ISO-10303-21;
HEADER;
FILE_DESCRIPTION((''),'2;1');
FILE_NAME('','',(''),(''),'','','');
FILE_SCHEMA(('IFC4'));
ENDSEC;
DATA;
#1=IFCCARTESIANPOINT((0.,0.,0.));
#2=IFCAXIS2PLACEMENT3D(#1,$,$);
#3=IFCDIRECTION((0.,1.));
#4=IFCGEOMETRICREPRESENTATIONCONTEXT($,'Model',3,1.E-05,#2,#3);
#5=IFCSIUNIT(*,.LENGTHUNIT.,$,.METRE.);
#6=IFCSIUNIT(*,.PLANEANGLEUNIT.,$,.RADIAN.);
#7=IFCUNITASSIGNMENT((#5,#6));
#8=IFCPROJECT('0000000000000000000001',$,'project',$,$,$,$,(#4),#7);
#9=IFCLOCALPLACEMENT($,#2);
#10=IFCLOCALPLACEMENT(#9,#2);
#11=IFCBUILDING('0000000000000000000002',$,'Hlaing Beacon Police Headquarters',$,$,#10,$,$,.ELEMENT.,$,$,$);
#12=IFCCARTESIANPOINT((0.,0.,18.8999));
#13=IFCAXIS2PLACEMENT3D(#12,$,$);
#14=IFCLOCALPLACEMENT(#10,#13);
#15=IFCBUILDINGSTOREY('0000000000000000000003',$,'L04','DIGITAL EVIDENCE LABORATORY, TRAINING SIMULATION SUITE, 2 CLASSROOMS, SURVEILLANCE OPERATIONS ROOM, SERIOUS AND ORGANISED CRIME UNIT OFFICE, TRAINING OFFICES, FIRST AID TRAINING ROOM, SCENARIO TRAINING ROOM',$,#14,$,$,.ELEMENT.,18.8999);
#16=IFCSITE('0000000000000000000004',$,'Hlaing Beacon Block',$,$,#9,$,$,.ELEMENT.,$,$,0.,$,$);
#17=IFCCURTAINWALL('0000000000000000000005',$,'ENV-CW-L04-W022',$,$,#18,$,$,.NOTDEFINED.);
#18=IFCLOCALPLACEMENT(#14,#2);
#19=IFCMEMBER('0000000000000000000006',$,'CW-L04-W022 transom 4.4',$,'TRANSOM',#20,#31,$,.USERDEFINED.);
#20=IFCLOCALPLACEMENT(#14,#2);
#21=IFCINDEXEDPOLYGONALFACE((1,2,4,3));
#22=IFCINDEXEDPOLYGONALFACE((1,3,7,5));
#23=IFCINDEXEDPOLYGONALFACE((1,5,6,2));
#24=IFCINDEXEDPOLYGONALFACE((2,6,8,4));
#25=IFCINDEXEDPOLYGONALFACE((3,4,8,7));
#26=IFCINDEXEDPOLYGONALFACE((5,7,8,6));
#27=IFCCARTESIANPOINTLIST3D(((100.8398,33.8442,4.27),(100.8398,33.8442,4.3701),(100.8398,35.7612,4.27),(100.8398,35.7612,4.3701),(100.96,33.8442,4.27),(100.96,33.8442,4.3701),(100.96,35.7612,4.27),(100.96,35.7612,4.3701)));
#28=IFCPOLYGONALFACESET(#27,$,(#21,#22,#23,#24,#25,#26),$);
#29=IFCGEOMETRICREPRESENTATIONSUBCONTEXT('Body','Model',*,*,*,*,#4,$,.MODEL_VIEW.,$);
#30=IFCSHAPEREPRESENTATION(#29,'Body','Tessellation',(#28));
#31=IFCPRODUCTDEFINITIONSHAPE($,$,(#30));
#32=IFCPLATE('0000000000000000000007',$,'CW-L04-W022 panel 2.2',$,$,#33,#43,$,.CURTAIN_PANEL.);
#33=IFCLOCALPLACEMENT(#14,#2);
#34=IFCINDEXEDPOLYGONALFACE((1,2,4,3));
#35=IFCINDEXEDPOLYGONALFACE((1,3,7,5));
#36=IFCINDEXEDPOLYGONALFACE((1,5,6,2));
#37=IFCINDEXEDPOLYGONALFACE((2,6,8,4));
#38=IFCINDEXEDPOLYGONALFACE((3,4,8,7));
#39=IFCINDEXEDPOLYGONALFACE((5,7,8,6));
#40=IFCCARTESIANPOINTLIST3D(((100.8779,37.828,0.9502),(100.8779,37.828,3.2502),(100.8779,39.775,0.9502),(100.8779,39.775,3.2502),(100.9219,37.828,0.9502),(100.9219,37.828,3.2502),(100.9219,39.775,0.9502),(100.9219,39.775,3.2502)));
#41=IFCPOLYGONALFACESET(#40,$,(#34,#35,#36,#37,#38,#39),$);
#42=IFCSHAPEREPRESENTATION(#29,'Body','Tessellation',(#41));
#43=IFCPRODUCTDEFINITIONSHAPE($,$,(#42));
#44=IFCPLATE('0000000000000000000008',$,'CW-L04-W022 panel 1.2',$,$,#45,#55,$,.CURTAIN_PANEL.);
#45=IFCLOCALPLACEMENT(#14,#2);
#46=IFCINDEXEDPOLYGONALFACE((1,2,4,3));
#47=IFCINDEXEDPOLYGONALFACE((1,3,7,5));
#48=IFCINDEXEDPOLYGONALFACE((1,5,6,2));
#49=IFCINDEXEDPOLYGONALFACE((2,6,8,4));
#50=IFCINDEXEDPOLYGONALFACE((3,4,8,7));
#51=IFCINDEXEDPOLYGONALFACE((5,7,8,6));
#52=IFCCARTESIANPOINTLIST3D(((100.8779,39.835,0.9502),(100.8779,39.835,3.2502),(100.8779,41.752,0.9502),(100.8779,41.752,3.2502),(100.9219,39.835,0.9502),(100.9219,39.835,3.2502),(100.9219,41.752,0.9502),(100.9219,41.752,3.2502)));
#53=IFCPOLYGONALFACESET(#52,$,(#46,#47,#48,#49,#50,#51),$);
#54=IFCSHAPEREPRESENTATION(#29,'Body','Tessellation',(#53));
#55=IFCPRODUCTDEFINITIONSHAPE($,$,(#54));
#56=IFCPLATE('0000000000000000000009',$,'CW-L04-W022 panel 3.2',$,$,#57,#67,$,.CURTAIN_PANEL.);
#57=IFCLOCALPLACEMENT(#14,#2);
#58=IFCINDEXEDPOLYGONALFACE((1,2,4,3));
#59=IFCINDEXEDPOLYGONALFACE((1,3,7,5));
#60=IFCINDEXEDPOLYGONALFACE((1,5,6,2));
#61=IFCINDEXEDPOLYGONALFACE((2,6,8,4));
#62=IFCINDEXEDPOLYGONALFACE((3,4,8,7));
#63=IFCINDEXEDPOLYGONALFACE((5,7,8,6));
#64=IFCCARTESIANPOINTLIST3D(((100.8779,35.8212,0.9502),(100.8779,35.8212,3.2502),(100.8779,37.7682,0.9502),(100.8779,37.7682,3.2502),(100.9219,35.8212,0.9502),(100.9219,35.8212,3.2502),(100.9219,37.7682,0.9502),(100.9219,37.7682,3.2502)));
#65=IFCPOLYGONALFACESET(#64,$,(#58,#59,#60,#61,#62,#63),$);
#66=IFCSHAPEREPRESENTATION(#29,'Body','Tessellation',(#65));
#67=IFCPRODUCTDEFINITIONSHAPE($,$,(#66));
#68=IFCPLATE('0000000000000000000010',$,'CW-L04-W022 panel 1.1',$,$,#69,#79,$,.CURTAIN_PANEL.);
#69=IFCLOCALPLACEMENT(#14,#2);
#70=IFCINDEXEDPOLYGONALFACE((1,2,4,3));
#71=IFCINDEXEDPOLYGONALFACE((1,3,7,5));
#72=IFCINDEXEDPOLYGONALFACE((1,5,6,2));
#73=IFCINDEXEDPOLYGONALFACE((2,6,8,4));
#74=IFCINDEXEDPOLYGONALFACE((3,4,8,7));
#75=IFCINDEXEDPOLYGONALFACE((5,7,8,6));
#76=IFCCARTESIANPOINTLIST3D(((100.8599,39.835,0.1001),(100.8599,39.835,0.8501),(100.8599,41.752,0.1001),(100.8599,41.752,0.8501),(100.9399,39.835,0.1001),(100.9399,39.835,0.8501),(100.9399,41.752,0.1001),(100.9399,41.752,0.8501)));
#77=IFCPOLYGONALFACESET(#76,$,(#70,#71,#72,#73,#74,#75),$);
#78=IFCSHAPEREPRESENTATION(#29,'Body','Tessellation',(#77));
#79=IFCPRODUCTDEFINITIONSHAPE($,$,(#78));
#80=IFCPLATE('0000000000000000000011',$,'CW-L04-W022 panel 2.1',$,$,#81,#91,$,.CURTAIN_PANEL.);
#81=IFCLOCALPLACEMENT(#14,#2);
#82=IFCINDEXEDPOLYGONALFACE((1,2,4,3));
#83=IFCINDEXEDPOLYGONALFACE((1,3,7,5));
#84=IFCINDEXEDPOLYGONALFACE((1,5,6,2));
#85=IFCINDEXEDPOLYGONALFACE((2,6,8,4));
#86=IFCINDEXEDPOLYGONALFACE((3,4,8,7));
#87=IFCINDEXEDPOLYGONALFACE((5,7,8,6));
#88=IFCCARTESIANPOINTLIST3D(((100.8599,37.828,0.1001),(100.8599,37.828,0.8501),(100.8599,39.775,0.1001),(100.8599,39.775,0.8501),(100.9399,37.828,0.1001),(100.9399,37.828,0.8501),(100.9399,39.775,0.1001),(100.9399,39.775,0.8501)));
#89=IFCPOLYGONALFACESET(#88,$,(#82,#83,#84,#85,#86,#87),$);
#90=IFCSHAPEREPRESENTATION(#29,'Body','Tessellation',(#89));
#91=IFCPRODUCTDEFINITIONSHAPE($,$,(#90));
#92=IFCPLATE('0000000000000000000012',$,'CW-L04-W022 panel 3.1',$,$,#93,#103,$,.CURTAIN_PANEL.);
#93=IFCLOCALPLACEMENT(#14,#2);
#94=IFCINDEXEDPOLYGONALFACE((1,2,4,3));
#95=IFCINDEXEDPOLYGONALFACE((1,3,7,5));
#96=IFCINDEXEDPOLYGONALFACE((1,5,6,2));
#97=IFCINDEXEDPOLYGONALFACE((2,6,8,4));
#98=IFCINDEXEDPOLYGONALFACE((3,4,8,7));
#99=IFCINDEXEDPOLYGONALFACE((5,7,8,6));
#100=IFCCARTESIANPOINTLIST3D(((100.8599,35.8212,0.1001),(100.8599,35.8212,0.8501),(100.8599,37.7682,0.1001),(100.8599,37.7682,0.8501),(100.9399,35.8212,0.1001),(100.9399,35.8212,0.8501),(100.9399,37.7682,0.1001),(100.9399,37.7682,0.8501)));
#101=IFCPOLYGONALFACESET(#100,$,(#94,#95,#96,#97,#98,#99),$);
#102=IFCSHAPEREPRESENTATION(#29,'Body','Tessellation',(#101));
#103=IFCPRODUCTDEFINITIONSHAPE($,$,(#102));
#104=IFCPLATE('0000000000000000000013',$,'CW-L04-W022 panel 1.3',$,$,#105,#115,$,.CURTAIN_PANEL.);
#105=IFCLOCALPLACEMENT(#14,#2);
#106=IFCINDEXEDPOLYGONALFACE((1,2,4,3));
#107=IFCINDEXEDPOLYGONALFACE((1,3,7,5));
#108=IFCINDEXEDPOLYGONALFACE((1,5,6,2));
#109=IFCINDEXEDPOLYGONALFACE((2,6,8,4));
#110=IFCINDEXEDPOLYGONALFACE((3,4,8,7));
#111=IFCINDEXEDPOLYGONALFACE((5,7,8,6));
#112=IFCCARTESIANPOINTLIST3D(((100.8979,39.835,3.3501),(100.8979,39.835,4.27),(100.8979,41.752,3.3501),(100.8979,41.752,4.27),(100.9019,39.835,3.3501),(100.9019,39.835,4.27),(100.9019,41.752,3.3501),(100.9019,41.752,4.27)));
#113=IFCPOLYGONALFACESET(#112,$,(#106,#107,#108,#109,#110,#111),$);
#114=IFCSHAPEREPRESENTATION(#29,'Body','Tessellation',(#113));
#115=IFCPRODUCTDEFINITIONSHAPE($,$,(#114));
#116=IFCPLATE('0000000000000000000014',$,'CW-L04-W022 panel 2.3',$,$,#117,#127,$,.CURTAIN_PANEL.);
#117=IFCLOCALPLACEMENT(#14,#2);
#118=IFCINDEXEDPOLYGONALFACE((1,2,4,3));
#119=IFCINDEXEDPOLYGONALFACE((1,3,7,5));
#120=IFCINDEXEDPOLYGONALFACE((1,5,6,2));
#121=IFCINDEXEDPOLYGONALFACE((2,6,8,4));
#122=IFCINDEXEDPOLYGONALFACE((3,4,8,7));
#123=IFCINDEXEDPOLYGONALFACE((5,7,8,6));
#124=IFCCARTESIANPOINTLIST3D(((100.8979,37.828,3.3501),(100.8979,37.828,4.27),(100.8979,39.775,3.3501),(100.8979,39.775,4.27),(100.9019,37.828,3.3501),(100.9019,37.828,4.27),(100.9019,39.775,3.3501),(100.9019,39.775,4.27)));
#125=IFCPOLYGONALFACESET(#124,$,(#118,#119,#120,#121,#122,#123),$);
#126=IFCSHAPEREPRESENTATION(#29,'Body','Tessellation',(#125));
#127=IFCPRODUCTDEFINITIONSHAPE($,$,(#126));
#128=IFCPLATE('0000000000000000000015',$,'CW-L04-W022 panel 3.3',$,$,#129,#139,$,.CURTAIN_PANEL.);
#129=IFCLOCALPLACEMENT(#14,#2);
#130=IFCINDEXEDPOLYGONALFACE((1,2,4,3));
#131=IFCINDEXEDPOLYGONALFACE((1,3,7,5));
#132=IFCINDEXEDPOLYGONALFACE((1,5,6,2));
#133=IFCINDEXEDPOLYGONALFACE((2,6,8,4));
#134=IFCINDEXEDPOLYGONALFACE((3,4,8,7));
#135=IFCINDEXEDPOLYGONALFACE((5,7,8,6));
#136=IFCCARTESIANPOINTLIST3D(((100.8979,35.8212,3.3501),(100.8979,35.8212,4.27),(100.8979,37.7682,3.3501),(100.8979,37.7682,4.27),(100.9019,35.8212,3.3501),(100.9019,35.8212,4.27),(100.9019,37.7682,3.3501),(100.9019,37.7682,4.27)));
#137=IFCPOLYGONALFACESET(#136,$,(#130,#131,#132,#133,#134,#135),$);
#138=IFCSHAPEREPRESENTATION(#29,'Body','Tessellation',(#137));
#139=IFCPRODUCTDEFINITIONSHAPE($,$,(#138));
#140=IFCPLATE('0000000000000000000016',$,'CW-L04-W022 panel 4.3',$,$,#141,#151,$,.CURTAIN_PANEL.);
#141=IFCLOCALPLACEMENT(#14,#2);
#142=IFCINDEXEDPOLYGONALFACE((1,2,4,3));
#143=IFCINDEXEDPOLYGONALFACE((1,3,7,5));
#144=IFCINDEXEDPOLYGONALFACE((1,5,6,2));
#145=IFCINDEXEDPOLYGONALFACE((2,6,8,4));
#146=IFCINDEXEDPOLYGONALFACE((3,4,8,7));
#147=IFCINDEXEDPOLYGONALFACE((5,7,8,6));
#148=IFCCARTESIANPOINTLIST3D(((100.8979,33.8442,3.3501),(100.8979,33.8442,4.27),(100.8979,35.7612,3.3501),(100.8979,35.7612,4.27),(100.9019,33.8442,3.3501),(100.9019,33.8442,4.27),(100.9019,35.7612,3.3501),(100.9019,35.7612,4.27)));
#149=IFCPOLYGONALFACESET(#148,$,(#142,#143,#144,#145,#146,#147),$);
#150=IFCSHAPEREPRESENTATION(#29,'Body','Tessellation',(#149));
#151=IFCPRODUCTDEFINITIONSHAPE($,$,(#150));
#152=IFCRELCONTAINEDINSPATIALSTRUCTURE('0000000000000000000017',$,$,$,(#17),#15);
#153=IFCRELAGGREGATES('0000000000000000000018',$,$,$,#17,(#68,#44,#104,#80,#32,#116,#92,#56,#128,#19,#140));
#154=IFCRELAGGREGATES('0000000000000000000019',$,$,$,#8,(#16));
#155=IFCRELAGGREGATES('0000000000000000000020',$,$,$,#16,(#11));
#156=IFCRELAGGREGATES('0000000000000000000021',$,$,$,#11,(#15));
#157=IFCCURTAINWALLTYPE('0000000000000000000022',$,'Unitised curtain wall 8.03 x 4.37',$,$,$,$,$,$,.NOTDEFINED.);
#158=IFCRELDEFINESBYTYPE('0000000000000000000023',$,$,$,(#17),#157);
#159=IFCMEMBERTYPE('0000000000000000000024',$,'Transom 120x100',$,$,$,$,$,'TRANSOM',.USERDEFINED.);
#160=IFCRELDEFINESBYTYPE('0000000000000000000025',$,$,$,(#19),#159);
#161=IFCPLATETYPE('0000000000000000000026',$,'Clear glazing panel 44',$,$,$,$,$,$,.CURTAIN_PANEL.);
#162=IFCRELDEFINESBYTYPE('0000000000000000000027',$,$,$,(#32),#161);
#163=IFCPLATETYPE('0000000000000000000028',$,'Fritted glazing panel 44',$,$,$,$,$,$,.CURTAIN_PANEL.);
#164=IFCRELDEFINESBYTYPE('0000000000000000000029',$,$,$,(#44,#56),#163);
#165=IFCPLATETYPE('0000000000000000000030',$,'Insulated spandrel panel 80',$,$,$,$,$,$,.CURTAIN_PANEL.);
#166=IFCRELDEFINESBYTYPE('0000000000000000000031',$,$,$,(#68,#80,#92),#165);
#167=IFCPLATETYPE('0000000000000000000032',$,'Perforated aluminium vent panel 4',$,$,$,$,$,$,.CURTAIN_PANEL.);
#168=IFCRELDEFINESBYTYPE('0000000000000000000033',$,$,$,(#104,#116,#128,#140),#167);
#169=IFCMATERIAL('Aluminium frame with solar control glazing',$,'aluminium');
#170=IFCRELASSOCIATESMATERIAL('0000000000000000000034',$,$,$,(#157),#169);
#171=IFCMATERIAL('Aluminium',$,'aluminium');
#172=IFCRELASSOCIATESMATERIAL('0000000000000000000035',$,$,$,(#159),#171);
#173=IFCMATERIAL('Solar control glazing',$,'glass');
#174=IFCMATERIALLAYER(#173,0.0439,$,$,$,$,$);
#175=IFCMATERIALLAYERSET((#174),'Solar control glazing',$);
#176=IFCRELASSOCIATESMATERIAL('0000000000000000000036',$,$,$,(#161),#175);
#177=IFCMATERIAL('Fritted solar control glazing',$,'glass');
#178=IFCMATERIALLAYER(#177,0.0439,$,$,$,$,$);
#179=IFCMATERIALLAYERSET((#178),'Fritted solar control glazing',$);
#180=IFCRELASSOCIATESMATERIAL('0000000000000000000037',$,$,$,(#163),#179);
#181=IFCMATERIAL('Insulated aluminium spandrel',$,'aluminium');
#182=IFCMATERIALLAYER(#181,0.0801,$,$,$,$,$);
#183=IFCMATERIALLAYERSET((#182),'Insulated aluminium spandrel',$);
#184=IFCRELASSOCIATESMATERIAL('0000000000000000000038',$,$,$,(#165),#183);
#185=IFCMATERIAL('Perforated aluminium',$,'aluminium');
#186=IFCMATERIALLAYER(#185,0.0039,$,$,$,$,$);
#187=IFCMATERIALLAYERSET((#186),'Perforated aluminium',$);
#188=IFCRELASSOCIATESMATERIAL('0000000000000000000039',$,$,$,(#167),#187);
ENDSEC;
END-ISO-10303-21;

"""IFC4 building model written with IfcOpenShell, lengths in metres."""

from ifc_helpers import new_model, si_unit, direction, frame, origin, origin_2d, place, context, subcontext, project, spatial, rectangle, extrude, material, layer, layer_set, material_profile, profile_set, type_object, element, aggregate, save


model = new_model("IFC4")

# Units and contexts
model_context = context("Model", 3, precision=1e-05, world=origin(), true_north=direction((0.0, 1.0)))
body_context = subcontext(model_context, "Body", "Model", "MODEL_VIEW")
ifc_project = project(units=[si_unit("LENGTHUNIT", "METRE"), si_unit("PLANEANGLEUNIT", "RADIAN")], contexts=[model_context])

# Site, building, storey
site_placement = place(None, origin())
site = spatial("IfcSite", under=ifc_project, at=site_placement, Name="Hlaing Beacon Block", CompositionType="ELEMENT", RefElevation=0.0)
building_placement = place(site_placement, origin())
building = spatial("IfcBuilding", under=site, at=building_placement, Name="Hlaing Beacon Police Headquarters", CompositionType="ELEMENT")
storey_placement = place(building_placement, frame((0.0, 0.0, 18.8999)))
storey = spatial("IfcBuildingStorey", under=building, at=storey_placement, Name="L04", Description="DIGITAL EVIDENCE LABORATORY, TRAINING SIMULATION SUITE, 2 CLASSROOMS, SURVEILLANCE OPERATIONS ROOM, SERIOUS AND ORGANISED CRIME UNIT OFFICE, TRAINING OFFICES, FIRST AID TRAINING ROOM, SCENARIO TRAINING ROOM", CompositionType="ELEMENT", Elevation=18.8999)

# Curtain wall
ifc_material_1 = material(Name="Aluminium frame with solar control glazing", Category="aluminium")
curtain_wall_type = type_object("IfcCurtainWallType", Name="Unitised curtain wall 8.03 x 4.37", PredefinedType="NOTDEFINED", material=ifc_material_1)
curtain_wall_placement = place(storey_placement, origin())
curtain_wall = element("IfcCurtainWall", 1, at=curtain_wall_placement, inside=storey, type_object=curtain_wall_type, Name="ENV-CW-L04-W022", PredefinedType="NOTDEFINED")

# Member
ifc_material_2 = material(Name="Aluminium", Category="aluminium")
ifc_material_profile_1 = material_profile(ifc_material_2, rectangle(XDim=0.1201, YDim=0.1001, at=origin_2d()), Name="Transom 120x100")
ifc_profile_set_1 = profile_set([ifc_material_profile_1], Name="Aluminium")
member_type_1 = type_object("IfcMemberType", Name="Transom 120x100", ElementType="TRANSOM", PredefinedType="USERDEFINED", material=ifc_profile_set_1)
member_1_placement = place(storey_placement, frame((100.8999, 35.7612, 4.3201), z_axis=(0.0, -1.0, 0.0), x_axis=(1.0, 0.0, 0.0)))
member_1 = element("IfcMember", 2, at=member_1_placement, type_object=member_type_1, Name="CW-L04-W022 transom 4.4", ObjectType="TRANSOM", PredefinedType="USERDEFINED", context=body_context, shape_type="SweptSolid", body=[
    extrude(rectangle(XDim=0.1201, YDim=0.1001, at=origin_2d()), origin(), (0.0, 0.0, 1.0), 1.917),
])

# Plates
ifc_material_3 = material(Name="Solar control glazing", Category="glass")
ifc_layer_1 = layer(ifc_material_3, 0.0439)
ifc_layer_set_1 = layer_set([ifc_layer_1], Name="Solar control glazing")
plate_type_1 = type_object("IfcPlateType", Name="Clear glazing panel 44", PredefinedType="CURTAIN_PANEL", material=ifc_layer_set_1)
plate_1_placement = place(storey_placement, frame((100.8999, 38.8015, 0.9502), z_axis=(0.0, 0.0, 1.0), x_axis=(0.0, -1.0, 0.0)))
plate_1 = element("IfcPlate", 3, at=plate_1_placement, type_object=plate_type_1, Name="CW-L04-W022 panel 2.2", PredefinedType="CURTAIN_PANEL", context=body_context, shape_type="SweptSolid", body=[
    extrude(rectangle(XDim=1.947, YDim=0.0439, at=origin_2d()), origin(), (0.0, 0.0, 1.0), 2.3),
])
ifc_material_4 = material(Name="Fritted solar control glazing", Category="glass")
ifc_layer_2 = layer(ifc_material_4, 0.0439)
ifc_layer_set_2 = layer_set([ifc_layer_2], Name="Fritted solar control glazing")
plate_type_2 = type_object("IfcPlateType", Name="Fritted glazing panel 44", PredefinedType="CURTAIN_PANEL", material=ifc_layer_set_2)
plate_2_placement = place(storey_placement, frame((100.8999, 40.7935, 0.9502), z_axis=(0.0, 0.0, 1.0), x_axis=(0.0, -1.0, 0.0)))
plate_2 = element("IfcPlate", 4, at=plate_2_placement, type_object=plate_type_2, Name="CW-L04-W022 panel 1.2", PredefinedType="CURTAIN_PANEL", context=body_context, shape_type="SweptSolid", body=[
    extrude(rectangle(XDim=1.917, YDim=0.0439, at=origin_2d()), origin(), (0.0, 0.0, 1.0), 2.3),
])
plate_3_placement = place(storey_placement, frame((100.8999, 36.7947, 0.9502), z_axis=(0.0, 0.0, 1.0), x_axis=(0.0, -1.0, 0.0)))
plate_3 = element("IfcPlate", 5, at=plate_3_placement, type_object=plate_type_2, Name="CW-L04-W022 panel 3.2", PredefinedType="CURTAIN_PANEL", context=body_context, shape_type="SweptSolid", body=[
    extrude(rectangle(XDim=1.947, YDim=0.0439, at=origin_2d()), origin(), (0.0, 0.0, 1.0), 2.3),
])
ifc_material_5 = material(Name="Insulated aluminium spandrel", Category="aluminium")
ifc_layer_3 = layer(ifc_material_5, 0.0801)
ifc_layer_set_3 = layer_set([ifc_layer_3], Name="Insulated aluminium spandrel")
plate_type_3 = type_object("IfcPlateType", Name="Insulated spandrel panel 80", PredefinedType="CURTAIN_PANEL", material=ifc_layer_set_3)
plate_4_placement = place(storey_placement, frame((100.8999, 40.7935, 0.1001), z_axis=(0.0, 0.0, 1.0), x_axis=(0.0, -1.0, 0.0)))
plate_4 = element("IfcPlate", 6, at=plate_4_placement, type_object=plate_type_3, Name="CW-L04-W022 panel 1.1", PredefinedType="CURTAIN_PANEL", context=body_context, shape_type="SweptSolid", body=[
    extrude(rectangle(XDim=1.917, YDim=0.0801, at=origin_2d()), origin(), (0.0, 0.0, 1.0), 0.75),
])
plate_5_placement = place(storey_placement, frame((100.8999, 38.8015, 0.1001), z_axis=(0.0, 0.0, 1.0), x_axis=(0.0, -1.0, 0.0)))
plate_5 = element("IfcPlate", 7, at=plate_5_placement, type_object=plate_type_3, Name="CW-L04-W022 panel 2.1", PredefinedType="CURTAIN_PANEL", context=body_context, shape_type="SweptSolid", body=[
    extrude(rectangle(XDim=1.947, YDim=0.0801, at=origin_2d()), origin(), (0.0, 0.0, 1.0), 0.75),
])
plate_6_placement = place(storey_placement, frame((100.8999, 36.7947, 0.1001), z_axis=(0.0, 0.0, 1.0), x_axis=(0.0, -1.0, 0.0)))
plate_6 = element("IfcPlate", 8, at=plate_6_placement, type_object=plate_type_3, Name="CW-L04-W022 panel 3.1", PredefinedType="CURTAIN_PANEL", context=body_context, shape_type="SweptSolid", body=[
    extrude(rectangle(XDim=1.947, YDim=0.0801, at=origin_2d()), origin(), (0.0, 0.0, 1.0), 0.75),
])
ifc_material_6 = material(Name="Perforated aluminium", Category="aluminium")
ifc_layer_4 = layer(ifc_material_6, 0.0039)
ifc_layer_set_4 = layer_set([ifc_layer_4], Name="Perforated aluminium")
plate_type_4 = type_object("IfcPlateType", Name="Perforated aluminium vent panel 4", PredefinedType="CURTAIN_PANEL", material=ifc_layer_set_4)
plate_7_placement = place(storey_placement, frame((100.8999, 40.7935, 3.3501), z_axis=(0.0, 0.0, 1.0), x_axis=(0.0, -1.0, 0.0)))
plate_7 = element("IfcPlate", 9, at=plate_7_placement, type_object=plate_type_4, Name="CW-L04-W022 panel 1.3", PredefinedType="CURTAIN_PANEL", context=body_context, shape_type="SweptSolid", body=[
    extrude(rectangle(XDim=1.917, YDim=0.0039, at=origin_2d()), origin(), (0.0, 0.0, 1.0), 0.9199),
])
plate_8_placement = place(storey_placement, frame((100.8999, 38.8015, 3.3501), z_axis=(0.0, 0.0, 1.0), x_axis=(0.0, -1.0, 0.0)))
plate_8 = element("IfcPlate", 10, at=plate_8_placement, type_object=plate_type_4, Name="CW-L04-W022 panel 2.3", PredefinedType="CURTAIN_PANEL", context=body_context, shape_type="SweptSolid", body=[
    extrude(rectangle(XDim=1.947, YDim=0.0039, at=origin_2d()), origin(), (0.0, 0.0, 1.0), 0.9199),
])
plate_9_placement = place(storey_placement, frame((100.8999, 36.7947, 3.3501), z_axis=(0.0, 0.0, 1.0), x_axis=(0.0, -1.0, 0.0)))
plate_9 = element("IfcPlate", 11, at=plate_9_placement, type_object=plate_type_4, Name="CW-L04-W022 panel 3.3", PredefinedType="CURTAIN_PANEL", context=body_context, shape_type="SweptSolid", body=[
    extrude(rectangle(XDim=1.947, YDim=0.0039, at=origin_2d()), origin(), (0.0, 0.0, 1.0), 0.9199),
])
plate_10_placement = place(storey_placement, frame((100.8999, 34.8027, 3.3501), z_axis=(0.0, 0.0, 1.0), x_axis=(0.0, -1.0, 0.0)))
plate_10 = element("IfcPlate", 12, at=plate_10_placement, type_object=plate_type_4, Name="CW-L04-W022 panel 4.3", PredefinedType="CURTAIN_PANEL", context=body_context, shape_type="SweptSolid", body=[
    extrude(rectangle(XDim=1.917, YDim=0.0039, at=origin_2d()), origin(), (0.0, 0.0, 1.0), 0.9199),
])
aggregate(curtain_wall, [plate_4, plate_2, plate_7, plate_5, plate_1, plate_8, plate_6, plate_3, plate_9, member_1, plate_10])

save(model, "model.ifc")
